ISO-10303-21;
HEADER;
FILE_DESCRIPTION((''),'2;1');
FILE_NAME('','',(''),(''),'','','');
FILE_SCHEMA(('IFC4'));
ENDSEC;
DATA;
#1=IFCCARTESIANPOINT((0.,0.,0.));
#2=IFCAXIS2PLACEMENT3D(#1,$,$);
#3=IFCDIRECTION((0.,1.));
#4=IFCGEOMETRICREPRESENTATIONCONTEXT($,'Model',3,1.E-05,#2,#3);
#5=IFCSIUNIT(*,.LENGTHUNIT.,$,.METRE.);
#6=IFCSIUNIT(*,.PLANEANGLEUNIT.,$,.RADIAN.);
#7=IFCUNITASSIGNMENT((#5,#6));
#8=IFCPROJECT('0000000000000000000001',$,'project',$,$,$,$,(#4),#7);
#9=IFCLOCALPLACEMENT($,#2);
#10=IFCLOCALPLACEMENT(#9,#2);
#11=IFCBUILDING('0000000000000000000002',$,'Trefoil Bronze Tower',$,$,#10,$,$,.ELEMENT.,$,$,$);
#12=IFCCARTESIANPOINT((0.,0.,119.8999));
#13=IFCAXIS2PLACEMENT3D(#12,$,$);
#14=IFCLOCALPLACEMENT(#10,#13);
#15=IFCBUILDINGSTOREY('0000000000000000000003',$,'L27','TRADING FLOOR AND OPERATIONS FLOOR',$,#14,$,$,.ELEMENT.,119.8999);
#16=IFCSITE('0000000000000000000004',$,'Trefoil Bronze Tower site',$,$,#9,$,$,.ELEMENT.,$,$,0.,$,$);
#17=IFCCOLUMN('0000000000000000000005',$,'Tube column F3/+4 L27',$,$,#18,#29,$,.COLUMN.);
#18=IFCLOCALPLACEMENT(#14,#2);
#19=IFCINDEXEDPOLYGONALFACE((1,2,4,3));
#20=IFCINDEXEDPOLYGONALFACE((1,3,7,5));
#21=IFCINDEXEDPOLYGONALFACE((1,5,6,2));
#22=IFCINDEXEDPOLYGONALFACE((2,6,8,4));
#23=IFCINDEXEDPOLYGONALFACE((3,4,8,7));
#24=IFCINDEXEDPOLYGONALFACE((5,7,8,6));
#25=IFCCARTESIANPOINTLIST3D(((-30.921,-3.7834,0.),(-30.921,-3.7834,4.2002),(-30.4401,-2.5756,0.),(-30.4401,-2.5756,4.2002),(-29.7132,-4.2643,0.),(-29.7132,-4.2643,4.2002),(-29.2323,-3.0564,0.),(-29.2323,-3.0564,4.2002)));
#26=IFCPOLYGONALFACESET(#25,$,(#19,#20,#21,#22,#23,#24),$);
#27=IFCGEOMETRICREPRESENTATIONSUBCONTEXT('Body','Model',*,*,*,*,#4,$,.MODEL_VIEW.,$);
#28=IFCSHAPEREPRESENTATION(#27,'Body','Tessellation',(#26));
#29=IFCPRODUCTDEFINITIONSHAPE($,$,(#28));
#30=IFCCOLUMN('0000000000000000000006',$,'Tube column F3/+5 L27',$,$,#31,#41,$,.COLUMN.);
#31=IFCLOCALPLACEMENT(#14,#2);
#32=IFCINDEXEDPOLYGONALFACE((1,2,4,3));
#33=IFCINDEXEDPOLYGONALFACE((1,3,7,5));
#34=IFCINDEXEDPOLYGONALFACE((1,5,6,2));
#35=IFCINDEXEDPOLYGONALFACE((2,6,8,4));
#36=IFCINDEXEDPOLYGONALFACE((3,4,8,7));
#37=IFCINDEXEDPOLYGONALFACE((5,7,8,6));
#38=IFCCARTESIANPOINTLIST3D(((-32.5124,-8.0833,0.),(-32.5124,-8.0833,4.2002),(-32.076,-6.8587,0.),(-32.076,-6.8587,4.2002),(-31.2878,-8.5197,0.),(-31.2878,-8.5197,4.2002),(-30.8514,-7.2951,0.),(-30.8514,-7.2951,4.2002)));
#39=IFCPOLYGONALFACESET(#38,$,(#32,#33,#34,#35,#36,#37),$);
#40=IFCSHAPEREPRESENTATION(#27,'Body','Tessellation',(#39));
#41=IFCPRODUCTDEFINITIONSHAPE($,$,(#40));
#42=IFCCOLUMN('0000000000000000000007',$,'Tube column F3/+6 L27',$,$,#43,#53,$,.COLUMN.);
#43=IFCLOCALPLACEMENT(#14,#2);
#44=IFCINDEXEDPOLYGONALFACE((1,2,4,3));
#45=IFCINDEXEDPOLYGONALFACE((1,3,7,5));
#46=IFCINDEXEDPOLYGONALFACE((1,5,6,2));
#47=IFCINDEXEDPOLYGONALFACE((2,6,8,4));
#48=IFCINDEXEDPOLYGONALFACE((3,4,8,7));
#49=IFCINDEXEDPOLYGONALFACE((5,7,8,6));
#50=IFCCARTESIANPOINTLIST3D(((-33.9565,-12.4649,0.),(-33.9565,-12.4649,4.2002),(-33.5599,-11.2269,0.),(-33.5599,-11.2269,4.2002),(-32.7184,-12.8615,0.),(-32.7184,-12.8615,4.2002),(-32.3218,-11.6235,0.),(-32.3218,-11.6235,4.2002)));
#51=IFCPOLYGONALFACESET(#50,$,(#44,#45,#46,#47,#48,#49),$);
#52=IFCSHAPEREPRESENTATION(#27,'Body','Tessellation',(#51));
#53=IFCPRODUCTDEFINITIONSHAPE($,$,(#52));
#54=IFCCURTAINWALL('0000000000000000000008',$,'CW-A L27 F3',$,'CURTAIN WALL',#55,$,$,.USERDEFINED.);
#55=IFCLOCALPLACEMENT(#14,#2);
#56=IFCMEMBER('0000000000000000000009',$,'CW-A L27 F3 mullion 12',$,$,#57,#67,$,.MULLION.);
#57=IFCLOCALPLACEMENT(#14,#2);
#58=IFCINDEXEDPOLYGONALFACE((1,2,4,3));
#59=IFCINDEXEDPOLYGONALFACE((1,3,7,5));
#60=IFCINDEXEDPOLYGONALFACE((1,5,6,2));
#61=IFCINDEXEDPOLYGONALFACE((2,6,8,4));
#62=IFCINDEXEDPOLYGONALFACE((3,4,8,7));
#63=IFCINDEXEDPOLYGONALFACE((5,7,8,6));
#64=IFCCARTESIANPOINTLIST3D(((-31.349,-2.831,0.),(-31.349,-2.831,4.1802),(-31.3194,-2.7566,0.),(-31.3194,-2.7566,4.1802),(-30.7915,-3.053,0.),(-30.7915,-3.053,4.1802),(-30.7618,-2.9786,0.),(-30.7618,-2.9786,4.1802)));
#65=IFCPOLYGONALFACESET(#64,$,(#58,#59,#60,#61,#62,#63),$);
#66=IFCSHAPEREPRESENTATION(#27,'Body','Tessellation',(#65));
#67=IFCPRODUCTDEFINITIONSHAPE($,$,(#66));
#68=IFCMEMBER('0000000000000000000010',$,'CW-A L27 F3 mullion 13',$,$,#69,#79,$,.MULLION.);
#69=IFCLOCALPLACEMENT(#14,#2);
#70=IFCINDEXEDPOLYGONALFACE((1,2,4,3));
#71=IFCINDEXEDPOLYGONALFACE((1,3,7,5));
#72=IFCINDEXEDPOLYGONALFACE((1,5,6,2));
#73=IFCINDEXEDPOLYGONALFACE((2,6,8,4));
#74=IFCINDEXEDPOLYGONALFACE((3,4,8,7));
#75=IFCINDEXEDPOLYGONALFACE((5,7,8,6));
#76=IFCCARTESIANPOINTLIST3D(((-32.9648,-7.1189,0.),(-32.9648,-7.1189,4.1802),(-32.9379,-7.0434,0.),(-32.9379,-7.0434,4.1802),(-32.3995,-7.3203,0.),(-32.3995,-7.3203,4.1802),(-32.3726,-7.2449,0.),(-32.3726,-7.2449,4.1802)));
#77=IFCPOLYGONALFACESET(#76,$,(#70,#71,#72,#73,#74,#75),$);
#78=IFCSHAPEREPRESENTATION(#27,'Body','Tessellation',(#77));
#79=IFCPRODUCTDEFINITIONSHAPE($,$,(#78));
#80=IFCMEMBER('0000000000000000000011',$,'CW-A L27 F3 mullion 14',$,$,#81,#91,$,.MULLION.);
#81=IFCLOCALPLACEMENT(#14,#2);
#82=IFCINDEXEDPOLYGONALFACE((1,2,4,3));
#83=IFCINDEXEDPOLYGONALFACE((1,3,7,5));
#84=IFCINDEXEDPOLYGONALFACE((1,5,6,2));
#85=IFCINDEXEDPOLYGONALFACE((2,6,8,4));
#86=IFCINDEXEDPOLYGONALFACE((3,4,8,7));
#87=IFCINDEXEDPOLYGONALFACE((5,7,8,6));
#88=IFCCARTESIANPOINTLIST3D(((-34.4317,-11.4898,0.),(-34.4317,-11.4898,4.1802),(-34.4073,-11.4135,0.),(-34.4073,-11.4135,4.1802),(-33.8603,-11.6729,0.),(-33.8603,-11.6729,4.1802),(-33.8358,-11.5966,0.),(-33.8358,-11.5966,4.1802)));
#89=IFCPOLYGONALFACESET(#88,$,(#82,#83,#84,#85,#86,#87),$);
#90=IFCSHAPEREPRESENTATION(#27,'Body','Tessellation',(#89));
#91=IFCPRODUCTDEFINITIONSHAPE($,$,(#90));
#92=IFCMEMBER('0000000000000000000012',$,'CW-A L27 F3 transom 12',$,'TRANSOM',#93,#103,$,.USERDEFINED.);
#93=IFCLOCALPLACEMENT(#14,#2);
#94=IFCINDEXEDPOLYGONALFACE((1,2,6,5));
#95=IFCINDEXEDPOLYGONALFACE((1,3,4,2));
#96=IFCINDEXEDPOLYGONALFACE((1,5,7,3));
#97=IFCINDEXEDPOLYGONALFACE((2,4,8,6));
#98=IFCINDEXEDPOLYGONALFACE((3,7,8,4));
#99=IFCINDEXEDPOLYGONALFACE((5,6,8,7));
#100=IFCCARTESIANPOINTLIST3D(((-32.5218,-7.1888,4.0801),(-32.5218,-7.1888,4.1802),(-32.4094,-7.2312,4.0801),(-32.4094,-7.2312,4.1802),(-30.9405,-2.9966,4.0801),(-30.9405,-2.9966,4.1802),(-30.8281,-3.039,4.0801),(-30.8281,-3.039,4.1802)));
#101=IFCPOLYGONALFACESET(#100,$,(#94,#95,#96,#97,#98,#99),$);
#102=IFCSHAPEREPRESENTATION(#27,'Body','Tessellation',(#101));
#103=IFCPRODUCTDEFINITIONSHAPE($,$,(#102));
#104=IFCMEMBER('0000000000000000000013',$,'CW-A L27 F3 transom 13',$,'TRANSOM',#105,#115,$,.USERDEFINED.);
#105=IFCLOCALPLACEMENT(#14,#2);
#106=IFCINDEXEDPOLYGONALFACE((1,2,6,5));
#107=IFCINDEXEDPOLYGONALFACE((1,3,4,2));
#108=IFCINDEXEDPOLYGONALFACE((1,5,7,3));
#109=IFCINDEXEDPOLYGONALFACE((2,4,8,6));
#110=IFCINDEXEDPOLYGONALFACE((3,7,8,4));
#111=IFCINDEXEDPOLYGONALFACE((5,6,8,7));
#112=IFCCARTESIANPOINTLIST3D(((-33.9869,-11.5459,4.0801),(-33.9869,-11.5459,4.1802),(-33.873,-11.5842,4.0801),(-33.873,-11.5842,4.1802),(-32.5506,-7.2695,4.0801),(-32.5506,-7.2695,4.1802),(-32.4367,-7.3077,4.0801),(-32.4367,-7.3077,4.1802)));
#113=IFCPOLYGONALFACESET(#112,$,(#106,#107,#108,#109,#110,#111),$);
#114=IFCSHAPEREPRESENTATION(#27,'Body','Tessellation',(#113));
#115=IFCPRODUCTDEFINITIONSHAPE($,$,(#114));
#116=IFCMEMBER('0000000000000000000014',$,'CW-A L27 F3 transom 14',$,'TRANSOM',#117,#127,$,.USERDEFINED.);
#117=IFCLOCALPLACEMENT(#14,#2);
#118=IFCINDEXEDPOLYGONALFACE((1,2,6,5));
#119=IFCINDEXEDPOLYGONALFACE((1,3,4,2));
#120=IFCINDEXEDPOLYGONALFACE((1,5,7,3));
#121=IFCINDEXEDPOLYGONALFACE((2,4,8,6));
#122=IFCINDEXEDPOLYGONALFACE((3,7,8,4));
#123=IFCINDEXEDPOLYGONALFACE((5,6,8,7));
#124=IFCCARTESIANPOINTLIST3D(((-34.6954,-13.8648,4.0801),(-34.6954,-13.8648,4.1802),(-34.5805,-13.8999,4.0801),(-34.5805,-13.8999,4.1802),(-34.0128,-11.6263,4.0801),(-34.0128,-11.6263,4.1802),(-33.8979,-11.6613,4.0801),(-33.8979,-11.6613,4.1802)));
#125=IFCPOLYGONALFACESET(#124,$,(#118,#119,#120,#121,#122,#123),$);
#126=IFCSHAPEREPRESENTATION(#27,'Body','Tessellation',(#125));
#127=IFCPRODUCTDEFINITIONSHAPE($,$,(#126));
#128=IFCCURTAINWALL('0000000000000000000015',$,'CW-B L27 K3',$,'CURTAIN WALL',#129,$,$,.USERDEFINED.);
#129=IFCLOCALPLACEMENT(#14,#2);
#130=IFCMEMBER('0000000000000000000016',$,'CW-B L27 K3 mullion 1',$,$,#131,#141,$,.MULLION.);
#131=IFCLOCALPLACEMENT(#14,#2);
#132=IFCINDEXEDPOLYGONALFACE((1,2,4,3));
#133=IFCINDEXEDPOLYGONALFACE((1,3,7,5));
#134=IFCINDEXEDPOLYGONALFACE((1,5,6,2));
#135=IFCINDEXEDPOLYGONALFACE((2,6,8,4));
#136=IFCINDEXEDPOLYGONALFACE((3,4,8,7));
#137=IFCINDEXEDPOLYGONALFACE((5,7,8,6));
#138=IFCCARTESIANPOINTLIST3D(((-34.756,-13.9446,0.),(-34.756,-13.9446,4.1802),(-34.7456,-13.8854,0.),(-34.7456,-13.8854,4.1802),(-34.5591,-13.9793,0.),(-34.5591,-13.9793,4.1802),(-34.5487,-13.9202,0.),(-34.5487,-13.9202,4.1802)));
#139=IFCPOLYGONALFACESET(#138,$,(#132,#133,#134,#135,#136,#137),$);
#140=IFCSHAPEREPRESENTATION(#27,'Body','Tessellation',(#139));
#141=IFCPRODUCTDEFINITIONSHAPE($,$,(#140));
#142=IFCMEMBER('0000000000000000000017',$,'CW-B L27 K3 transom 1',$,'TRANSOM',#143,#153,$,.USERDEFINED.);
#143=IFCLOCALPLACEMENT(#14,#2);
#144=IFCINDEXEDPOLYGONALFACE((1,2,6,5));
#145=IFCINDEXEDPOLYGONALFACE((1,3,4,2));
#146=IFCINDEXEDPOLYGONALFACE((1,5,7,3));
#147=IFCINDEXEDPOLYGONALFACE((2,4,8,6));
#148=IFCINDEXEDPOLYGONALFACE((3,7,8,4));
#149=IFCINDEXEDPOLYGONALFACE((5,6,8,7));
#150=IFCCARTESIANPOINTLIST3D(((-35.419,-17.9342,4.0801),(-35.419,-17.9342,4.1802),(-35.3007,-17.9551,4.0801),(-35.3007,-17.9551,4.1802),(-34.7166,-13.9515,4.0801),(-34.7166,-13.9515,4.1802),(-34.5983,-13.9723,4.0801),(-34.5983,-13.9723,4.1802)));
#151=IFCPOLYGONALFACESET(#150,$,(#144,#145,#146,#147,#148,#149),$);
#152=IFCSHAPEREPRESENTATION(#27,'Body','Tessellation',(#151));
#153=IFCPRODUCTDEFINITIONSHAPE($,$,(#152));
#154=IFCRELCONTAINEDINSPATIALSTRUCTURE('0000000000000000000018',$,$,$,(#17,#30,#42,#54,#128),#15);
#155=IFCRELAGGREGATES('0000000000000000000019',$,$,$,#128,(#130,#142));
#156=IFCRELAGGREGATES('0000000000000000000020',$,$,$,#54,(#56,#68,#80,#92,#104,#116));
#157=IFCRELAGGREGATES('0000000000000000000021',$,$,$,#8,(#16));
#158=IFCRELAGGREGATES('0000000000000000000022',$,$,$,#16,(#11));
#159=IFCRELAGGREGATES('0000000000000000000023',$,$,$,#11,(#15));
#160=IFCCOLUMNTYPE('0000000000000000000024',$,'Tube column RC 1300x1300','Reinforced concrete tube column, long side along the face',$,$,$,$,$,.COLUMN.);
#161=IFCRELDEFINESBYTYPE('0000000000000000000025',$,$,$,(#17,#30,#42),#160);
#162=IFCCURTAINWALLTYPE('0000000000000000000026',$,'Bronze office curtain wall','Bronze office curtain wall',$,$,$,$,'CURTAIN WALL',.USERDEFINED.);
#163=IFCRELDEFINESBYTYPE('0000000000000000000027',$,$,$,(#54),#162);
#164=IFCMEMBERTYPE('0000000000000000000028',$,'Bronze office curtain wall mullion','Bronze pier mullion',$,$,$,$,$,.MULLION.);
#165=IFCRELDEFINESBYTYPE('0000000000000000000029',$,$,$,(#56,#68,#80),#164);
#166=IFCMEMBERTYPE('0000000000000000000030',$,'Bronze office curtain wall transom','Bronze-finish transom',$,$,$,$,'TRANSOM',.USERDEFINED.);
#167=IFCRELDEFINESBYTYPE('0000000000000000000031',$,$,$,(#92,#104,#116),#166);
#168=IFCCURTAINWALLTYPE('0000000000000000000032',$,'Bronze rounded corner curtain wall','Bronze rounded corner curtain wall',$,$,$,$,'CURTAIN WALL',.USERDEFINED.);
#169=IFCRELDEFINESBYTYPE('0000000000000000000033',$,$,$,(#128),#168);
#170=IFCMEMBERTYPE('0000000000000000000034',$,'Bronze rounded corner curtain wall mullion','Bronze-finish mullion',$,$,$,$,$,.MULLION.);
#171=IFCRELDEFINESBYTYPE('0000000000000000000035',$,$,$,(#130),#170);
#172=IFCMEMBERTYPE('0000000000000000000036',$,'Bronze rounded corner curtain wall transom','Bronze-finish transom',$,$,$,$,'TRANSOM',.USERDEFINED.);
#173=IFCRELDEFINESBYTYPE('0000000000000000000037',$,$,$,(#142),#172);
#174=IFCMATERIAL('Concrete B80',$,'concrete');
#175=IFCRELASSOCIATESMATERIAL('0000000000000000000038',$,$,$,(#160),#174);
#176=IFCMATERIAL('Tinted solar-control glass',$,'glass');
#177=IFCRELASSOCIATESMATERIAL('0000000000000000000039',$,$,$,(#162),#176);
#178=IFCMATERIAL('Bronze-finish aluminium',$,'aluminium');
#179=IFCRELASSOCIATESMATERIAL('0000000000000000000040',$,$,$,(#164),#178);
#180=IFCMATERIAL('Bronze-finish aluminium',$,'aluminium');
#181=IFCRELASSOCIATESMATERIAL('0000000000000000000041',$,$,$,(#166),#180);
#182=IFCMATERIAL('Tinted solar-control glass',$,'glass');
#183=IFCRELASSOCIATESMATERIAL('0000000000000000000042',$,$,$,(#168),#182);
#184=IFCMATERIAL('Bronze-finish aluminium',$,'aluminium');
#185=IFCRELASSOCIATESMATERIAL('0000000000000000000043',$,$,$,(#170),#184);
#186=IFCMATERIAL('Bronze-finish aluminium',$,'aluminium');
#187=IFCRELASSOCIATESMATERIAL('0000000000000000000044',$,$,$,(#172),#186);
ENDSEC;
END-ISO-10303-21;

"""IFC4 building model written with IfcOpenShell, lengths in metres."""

from ifc_helpers import new_model, si_unit, direction, frame, origin, origin_2d, place, context, subcontext, project, spatial, rectangle, extrude, material, material_profile, profile_set, type_object, element, aggregate, save


model = new_model("IFC4")

# Units and contexts
model_context = context("Model", 3, precision=1e-05, world=origin(), true_north=direction((0.0, 1.0)))
body_context = subcontext(model_context, "Body", "Model", "MODEL_VIEW")
ifc_project = project(units=[si_unit("LENGTHUNIT", "METRE"), si_unit("PLANEANGLEUNIT", "RADIAN")], contexts=[model_context])

# Site, building, storey
site_placement = place(None, origin())
site = spatial("IfcSite", under=ifc_project, at=site_placement, Name="Trefoil Bronze Tower site", CompositionType="ELEMENT", RefElevation=0.0)
building_placement = place(site_placement, origin())
building = spatial("IfcBuilding", under=site, at=building_placement, Name="Trefoil Bronze Tower", CompositionType="ELEMENT")
storey_placement = place(building_placement, frame((0.0, 0.0, 119.8999)))
storey = spatial("IfcBuildingStorey", under=building, at=storey_placement, Name="L27", Description="TRADING FLOOR AND OPERATIONS FLOOR", CompositionType="ELEMENT", Elevation=119.8999)

# Columns
ifc_material_1 = material(Name="Concrete B80", Category="concrete")
ifc_material_profile_1 = material_profile(ifc_material_1, rectangle(XDim=1.3, YDim=1.3, at=origin_2d()), Name="RC 1300x1300")
ifc_profile_set_1 = profile_set([ifc_material_profile_1], Name="Concrete B80")
column_type = type_object("IfcColumnType", Name="Tube column RC 1300x1300", Description="Reinforced concrete tube column, long side along the face", PredefinedType="COLUMN", material=ifc_profile_set_1)
for number, where, z_axis, x_axis, name in (
    (1, (-30.0767, -3.4199, 0.0), (0.0, 0.0, 1.0), (-0.369901, -0.929071, 0.0), "Tube column F3/+4 L27"),
    (2, (-31.6819, -7.6892, 0.0), (0.0, 0.0, 1.0), (-0.335718, -0.941963, 0.0), "Tube column F3/+5 L27"),
    (3, (-33.1392, -12.0442, 0.0), (0.0, 0.0, 1.0), (-0.305066, -0.952331, 0.0), "Tube column F3/+6 L27"),
):
    element("IfcColumn", number, at=place(storey_placement, frame(where, z_axis=z_axis, x_axis=x_axis)), inside=storey, type_object=column_type, Name=name, PredefinedType="COLUMN", context=body_context, shape_type="SweptSolid", body=[
        extrude(rectangle(XDim=1.3, YDim=1.3, at=origin_2d()), origin(), (0.0, 0.0, 1.0), 4.2002),
    ])

# Curtain walls, members
ifc_material_2 = material(Name="Tinted solar-control glass", Category="glass")
curtain_wall_type_1 = type_object("IfcCurtainWallType", Name="Bronze office curtain wall", Description="Bronze office curtain wall", ElementType="CURTAIN WALL", PredefinedType="USERDEFINED", material=ifc_material_2)
curtain_wall_1_placement = place(storey_placement, origin())
curtain_wall_1 = element("IfcCurtainWall", 4, at=curtain_wall_1_placement, inside=storey, type_object=curtain_wall_type_1, Name="CW-A L27 F3", ObjectType="CURTAIN WALL", PredefinedType="USERDEFINED")
ifc_material_3 = material(Name="Bronze-finish aluminium", Category="aluminium")
ifc_material_profile_2 = material_profile(ifc_material_3, rectangle(XDim=0.6001, YDim=0.0801, at=origin_2d()), Name="CW-A mullion")
ifc_profile_set_2 = profile_set([ifc_material_profile_2], Name="Bronze-finish aluminium")
member_type_1 = type_object("IfcMemberType", Name="Bronze office curtain wall mullion", Description="Bronze pier mullion", PredefinedType="MULLION", material=ifc_profile_set_2)
member_1_placement = place(storey_placement, frame((-31.0554, -2.9048, 0.0), z_axis=(0.0, 0.0, 1.0), x_axis=(0.929071, -0.369901, 0.0)))
member_1 = element("IfcMember", 5, at=member_1_placement, type_object=member_type_1, Name="CW-A L27 F3 mullion 12", PredefinedType="MULLION", context=body_context, shape_type="SweptSolid", body=[
    extrude(rectangle(XDim=0.6001, YDim=0.0801, at=origin_2d()), origin(), (0.0, 0.0, 1.0), 4.1802),
])
member_2_placement = place(storey_placement, frame((-32.6687, -7.1819, 0.0), z_axis=(0.0, 0.0, 1.0), x_axis=(0.941963, -0.335718, 0.0)))
member_2 = element("IfcMember", 6, at=member_2_placement, type_object=member_type_1, Name="CW-A L27 F3 mullion 13", PredefinedType="MULLION", context=body_context, shape_type="SweptSolid", body=[
    extrude(rectangle(XDim=0.6001, YDim=0.0801, at=origin_2d()), origin(), (0.0, 0.0, 1.0), 4.1802),
])
member_3_placement = place(storey_placement, frame((-34.1338, -11.5432, 0.0), z_axis=(0.0, 0.0, 1.0), x_axis=(0.952331, -0.305066, 0.0)))
member_3 = element("IfcMember", 7, at=member_3_placement, type_object=member_type_1, Name="CW-A L27 F3 mullion 14", PredefinedType="MULLION", context=body_context, shape_type="SweptSolid", body=[
    extrude(rectangle(XDim=0.6001, YDim=0.0801, at=origin_2d()), origin(), (0.0, 0.0, 1.0), 4.1802),
])
ifc_material_4 = material(Name="Bronze-finish aluminium", Category="aluminium")
ifc_material_profile_3 = material_profile(ifc_material_4, rectangle(XDim=0.1201, YDim=0.1001, at=origin_2d()), Name="CW-A transom")
ifc_profile_set_3 = profile_set([ifc_material_profile_3], Name="Bronze-finish aluminium")
member_type_2 = type_object("IfcMemberType", Name="Bronze office curtain wall transom", Description="Bronze-finish transom", ElementType="TRANSOM", PredefinedType="USERDEFINED", material=ifc_profile_set_3)
member_4_placement = place(storey_placement, frame((-30.8843, -3.0178, 4.1301), z_axis=(-0.352932, -0.935649, 0.0), x_axis=(0.935649, -0.352932, 0.0)))
member_4 = element("IfcMember", 8, at=member_4_placement, type_object=member_type_2, Name="CW-A L27 F3 transom 12", ObjectType="TRANSOM", PredefinedType="USERDEFINED", context=body_context, shape_type="SweptSolid", body=[
    extrude(rectangle(XDim=0.1201, YDim=0.1001, at=origin_2d()), origin(), (0.0, 0.0, 1.0), 4.4805),
])
member_5_placement = place(storey_placement, frame((-32.4937, -7.2886, 4.1301), z_axis=(-0.318386, -0.947961, 0.0), x_axis=(0.947961, -0.318386, 0.0)))
member_5 = element("IfcMember", 9, at=member_5_placement, type_object=member_type_2, Name="CW-A L27 F3 transom 13", ObjectType="TRANSOM", PredefinedType="USERDEFINED", context=body_context, shape_type="SweptSolid", body=[
    extrude(rectangle(XDim=0.1201, YDim=0.1001, at=origin_2d()), origin(), (0.0, 0.0, 1.0), 4.5112),
])
member_6_placement = place(storey_placement, frame((-33.9553, -11.6438, 4.1301), z_axis=(-0.29168, -0.956516, 0.0), x_axis=(0.956516, -0.29168, 0.0)))
member_6 = element("IfcMember", 10, at=member_6_placement, type_object=member_type_2, Name="CW-A L27 F3 transom 14", ObjectType="TRANSOM", PredefinedType="USERDEFINED", context=body_context, shape_type="SweptSolid", body=[
    extrude(rectangle(XDim=0.1201, YDim=0.1001, at=origin_2d()), origin(), (0.0, 0.0, 1.0), 2.3403),
])
ifc_material_5 = material(Name="Tinted solar-control glass", Category="glass")
curtain_wall_type_2 = type_object("IfcCurtainWallType", Name="Bronze rounded corner curtain wall", Description="Bronze rounded corner curtain wall", ElementType="CURTAIN WALL", PredefinedType="USERDEFINED", material=ifc_material_5)
curtain_wall_2_placement = place(storey_placement, origin())
curtain_wall_2 = element("IfcCurtainWall", 11, at=curtain_wall_2_placement, inside=storey, type_object=curtain_wall_type_2, Name="CW-B L27 K3", ObjectType="CURTAIN WALL", PredefinedType="USERDEFINED")
ifc_material_6 = material(Name="Bronze-finish aluminium", Category="aluminium")
ifc_material_profile_4 = material_profile(ifc_material_6, rectangle(XDim=0.2, YDim=0.0601, at=origin_2d()), Name="CW-B mullion")
ifc_profile_set_4 = profile_set([ifc_material_profile_4], Name="Bronze-finish aluminium")
member_type_3 = type_object("IfcMemberType", Name="Bronze rounded corner curtain wall mullion", Description="Bronze-finish mullion", PredefinedType="MULLION", material=ifc_profile_set_4)
member_7_placement = place(storey_placement, frame((-34.6523, -13.9324, 0.0), z_axis=(0.0, 0.0, 1.0), x_axis=(0.984808, -0.173648, 0.0)))
member_7 = element("IfcMember", 12, at=member_7_placement, type_object=member_type_3, Name="CW-B L27 K3 mullion 1", PredefinedType="MULLION", context=body_context, shape_type="SweptSolid", body=[
    extrude(rectangle(XDim=0.2, YDim=0.0601, at=origin_2d()), origin(), (0.0, 0.0, 1.0), 4.1802),
])
ifc_material_7 = material(Name="Bronze-finish aluminium", Category="aluminium")
ifc_material_profile_5 = material_profile(ifc_material_7, rectangle(XDim=0.1201, YDim=0.1001, at=origin_2d()), Name="CW-B transom")
ifc_profile_set_5 = profile_set([ifc_material_profile_5], Name="Bronze-finish aluminium")
member_type_4 = type_object("IfcMemberType", Name="Bronze rounded corner curtain wall transom", Description="Bronze-finish transom", ElementType="TRANSOM", PredefinedType="USERDEFINED", material=ifc_profile_set_5)
member_8_placement = place(storey_placement, frame((-34.6575, -13.9619, 4.1301), z_axis=(-0.173682, -0.984802, 0.0), x_axis=(0.984802, -0.173682, 0.0)))
member_8 = element("IfcMember", 13, at=member_8_placement, type_object=member_type_4, Name="CW-B L27 K3 transom 1", ObjectType="TRANSOM", PredefinedType="USERDEFINED", context=body_context, shape_type="SweptSolid", body=[
    extrude(rectangle(XDim=0.1201, YDim=0.1001, at=origin_2d()), origin(), (0.0, 0.0, 1.0), 4.0442),
])
aggregate(curtain_wall_2, [member_7, member_8])

aggregate(curtain_wall_1, [member_1, member_2, member_3, member_4, member_5, member_6])

save(model, "model.ifc")
